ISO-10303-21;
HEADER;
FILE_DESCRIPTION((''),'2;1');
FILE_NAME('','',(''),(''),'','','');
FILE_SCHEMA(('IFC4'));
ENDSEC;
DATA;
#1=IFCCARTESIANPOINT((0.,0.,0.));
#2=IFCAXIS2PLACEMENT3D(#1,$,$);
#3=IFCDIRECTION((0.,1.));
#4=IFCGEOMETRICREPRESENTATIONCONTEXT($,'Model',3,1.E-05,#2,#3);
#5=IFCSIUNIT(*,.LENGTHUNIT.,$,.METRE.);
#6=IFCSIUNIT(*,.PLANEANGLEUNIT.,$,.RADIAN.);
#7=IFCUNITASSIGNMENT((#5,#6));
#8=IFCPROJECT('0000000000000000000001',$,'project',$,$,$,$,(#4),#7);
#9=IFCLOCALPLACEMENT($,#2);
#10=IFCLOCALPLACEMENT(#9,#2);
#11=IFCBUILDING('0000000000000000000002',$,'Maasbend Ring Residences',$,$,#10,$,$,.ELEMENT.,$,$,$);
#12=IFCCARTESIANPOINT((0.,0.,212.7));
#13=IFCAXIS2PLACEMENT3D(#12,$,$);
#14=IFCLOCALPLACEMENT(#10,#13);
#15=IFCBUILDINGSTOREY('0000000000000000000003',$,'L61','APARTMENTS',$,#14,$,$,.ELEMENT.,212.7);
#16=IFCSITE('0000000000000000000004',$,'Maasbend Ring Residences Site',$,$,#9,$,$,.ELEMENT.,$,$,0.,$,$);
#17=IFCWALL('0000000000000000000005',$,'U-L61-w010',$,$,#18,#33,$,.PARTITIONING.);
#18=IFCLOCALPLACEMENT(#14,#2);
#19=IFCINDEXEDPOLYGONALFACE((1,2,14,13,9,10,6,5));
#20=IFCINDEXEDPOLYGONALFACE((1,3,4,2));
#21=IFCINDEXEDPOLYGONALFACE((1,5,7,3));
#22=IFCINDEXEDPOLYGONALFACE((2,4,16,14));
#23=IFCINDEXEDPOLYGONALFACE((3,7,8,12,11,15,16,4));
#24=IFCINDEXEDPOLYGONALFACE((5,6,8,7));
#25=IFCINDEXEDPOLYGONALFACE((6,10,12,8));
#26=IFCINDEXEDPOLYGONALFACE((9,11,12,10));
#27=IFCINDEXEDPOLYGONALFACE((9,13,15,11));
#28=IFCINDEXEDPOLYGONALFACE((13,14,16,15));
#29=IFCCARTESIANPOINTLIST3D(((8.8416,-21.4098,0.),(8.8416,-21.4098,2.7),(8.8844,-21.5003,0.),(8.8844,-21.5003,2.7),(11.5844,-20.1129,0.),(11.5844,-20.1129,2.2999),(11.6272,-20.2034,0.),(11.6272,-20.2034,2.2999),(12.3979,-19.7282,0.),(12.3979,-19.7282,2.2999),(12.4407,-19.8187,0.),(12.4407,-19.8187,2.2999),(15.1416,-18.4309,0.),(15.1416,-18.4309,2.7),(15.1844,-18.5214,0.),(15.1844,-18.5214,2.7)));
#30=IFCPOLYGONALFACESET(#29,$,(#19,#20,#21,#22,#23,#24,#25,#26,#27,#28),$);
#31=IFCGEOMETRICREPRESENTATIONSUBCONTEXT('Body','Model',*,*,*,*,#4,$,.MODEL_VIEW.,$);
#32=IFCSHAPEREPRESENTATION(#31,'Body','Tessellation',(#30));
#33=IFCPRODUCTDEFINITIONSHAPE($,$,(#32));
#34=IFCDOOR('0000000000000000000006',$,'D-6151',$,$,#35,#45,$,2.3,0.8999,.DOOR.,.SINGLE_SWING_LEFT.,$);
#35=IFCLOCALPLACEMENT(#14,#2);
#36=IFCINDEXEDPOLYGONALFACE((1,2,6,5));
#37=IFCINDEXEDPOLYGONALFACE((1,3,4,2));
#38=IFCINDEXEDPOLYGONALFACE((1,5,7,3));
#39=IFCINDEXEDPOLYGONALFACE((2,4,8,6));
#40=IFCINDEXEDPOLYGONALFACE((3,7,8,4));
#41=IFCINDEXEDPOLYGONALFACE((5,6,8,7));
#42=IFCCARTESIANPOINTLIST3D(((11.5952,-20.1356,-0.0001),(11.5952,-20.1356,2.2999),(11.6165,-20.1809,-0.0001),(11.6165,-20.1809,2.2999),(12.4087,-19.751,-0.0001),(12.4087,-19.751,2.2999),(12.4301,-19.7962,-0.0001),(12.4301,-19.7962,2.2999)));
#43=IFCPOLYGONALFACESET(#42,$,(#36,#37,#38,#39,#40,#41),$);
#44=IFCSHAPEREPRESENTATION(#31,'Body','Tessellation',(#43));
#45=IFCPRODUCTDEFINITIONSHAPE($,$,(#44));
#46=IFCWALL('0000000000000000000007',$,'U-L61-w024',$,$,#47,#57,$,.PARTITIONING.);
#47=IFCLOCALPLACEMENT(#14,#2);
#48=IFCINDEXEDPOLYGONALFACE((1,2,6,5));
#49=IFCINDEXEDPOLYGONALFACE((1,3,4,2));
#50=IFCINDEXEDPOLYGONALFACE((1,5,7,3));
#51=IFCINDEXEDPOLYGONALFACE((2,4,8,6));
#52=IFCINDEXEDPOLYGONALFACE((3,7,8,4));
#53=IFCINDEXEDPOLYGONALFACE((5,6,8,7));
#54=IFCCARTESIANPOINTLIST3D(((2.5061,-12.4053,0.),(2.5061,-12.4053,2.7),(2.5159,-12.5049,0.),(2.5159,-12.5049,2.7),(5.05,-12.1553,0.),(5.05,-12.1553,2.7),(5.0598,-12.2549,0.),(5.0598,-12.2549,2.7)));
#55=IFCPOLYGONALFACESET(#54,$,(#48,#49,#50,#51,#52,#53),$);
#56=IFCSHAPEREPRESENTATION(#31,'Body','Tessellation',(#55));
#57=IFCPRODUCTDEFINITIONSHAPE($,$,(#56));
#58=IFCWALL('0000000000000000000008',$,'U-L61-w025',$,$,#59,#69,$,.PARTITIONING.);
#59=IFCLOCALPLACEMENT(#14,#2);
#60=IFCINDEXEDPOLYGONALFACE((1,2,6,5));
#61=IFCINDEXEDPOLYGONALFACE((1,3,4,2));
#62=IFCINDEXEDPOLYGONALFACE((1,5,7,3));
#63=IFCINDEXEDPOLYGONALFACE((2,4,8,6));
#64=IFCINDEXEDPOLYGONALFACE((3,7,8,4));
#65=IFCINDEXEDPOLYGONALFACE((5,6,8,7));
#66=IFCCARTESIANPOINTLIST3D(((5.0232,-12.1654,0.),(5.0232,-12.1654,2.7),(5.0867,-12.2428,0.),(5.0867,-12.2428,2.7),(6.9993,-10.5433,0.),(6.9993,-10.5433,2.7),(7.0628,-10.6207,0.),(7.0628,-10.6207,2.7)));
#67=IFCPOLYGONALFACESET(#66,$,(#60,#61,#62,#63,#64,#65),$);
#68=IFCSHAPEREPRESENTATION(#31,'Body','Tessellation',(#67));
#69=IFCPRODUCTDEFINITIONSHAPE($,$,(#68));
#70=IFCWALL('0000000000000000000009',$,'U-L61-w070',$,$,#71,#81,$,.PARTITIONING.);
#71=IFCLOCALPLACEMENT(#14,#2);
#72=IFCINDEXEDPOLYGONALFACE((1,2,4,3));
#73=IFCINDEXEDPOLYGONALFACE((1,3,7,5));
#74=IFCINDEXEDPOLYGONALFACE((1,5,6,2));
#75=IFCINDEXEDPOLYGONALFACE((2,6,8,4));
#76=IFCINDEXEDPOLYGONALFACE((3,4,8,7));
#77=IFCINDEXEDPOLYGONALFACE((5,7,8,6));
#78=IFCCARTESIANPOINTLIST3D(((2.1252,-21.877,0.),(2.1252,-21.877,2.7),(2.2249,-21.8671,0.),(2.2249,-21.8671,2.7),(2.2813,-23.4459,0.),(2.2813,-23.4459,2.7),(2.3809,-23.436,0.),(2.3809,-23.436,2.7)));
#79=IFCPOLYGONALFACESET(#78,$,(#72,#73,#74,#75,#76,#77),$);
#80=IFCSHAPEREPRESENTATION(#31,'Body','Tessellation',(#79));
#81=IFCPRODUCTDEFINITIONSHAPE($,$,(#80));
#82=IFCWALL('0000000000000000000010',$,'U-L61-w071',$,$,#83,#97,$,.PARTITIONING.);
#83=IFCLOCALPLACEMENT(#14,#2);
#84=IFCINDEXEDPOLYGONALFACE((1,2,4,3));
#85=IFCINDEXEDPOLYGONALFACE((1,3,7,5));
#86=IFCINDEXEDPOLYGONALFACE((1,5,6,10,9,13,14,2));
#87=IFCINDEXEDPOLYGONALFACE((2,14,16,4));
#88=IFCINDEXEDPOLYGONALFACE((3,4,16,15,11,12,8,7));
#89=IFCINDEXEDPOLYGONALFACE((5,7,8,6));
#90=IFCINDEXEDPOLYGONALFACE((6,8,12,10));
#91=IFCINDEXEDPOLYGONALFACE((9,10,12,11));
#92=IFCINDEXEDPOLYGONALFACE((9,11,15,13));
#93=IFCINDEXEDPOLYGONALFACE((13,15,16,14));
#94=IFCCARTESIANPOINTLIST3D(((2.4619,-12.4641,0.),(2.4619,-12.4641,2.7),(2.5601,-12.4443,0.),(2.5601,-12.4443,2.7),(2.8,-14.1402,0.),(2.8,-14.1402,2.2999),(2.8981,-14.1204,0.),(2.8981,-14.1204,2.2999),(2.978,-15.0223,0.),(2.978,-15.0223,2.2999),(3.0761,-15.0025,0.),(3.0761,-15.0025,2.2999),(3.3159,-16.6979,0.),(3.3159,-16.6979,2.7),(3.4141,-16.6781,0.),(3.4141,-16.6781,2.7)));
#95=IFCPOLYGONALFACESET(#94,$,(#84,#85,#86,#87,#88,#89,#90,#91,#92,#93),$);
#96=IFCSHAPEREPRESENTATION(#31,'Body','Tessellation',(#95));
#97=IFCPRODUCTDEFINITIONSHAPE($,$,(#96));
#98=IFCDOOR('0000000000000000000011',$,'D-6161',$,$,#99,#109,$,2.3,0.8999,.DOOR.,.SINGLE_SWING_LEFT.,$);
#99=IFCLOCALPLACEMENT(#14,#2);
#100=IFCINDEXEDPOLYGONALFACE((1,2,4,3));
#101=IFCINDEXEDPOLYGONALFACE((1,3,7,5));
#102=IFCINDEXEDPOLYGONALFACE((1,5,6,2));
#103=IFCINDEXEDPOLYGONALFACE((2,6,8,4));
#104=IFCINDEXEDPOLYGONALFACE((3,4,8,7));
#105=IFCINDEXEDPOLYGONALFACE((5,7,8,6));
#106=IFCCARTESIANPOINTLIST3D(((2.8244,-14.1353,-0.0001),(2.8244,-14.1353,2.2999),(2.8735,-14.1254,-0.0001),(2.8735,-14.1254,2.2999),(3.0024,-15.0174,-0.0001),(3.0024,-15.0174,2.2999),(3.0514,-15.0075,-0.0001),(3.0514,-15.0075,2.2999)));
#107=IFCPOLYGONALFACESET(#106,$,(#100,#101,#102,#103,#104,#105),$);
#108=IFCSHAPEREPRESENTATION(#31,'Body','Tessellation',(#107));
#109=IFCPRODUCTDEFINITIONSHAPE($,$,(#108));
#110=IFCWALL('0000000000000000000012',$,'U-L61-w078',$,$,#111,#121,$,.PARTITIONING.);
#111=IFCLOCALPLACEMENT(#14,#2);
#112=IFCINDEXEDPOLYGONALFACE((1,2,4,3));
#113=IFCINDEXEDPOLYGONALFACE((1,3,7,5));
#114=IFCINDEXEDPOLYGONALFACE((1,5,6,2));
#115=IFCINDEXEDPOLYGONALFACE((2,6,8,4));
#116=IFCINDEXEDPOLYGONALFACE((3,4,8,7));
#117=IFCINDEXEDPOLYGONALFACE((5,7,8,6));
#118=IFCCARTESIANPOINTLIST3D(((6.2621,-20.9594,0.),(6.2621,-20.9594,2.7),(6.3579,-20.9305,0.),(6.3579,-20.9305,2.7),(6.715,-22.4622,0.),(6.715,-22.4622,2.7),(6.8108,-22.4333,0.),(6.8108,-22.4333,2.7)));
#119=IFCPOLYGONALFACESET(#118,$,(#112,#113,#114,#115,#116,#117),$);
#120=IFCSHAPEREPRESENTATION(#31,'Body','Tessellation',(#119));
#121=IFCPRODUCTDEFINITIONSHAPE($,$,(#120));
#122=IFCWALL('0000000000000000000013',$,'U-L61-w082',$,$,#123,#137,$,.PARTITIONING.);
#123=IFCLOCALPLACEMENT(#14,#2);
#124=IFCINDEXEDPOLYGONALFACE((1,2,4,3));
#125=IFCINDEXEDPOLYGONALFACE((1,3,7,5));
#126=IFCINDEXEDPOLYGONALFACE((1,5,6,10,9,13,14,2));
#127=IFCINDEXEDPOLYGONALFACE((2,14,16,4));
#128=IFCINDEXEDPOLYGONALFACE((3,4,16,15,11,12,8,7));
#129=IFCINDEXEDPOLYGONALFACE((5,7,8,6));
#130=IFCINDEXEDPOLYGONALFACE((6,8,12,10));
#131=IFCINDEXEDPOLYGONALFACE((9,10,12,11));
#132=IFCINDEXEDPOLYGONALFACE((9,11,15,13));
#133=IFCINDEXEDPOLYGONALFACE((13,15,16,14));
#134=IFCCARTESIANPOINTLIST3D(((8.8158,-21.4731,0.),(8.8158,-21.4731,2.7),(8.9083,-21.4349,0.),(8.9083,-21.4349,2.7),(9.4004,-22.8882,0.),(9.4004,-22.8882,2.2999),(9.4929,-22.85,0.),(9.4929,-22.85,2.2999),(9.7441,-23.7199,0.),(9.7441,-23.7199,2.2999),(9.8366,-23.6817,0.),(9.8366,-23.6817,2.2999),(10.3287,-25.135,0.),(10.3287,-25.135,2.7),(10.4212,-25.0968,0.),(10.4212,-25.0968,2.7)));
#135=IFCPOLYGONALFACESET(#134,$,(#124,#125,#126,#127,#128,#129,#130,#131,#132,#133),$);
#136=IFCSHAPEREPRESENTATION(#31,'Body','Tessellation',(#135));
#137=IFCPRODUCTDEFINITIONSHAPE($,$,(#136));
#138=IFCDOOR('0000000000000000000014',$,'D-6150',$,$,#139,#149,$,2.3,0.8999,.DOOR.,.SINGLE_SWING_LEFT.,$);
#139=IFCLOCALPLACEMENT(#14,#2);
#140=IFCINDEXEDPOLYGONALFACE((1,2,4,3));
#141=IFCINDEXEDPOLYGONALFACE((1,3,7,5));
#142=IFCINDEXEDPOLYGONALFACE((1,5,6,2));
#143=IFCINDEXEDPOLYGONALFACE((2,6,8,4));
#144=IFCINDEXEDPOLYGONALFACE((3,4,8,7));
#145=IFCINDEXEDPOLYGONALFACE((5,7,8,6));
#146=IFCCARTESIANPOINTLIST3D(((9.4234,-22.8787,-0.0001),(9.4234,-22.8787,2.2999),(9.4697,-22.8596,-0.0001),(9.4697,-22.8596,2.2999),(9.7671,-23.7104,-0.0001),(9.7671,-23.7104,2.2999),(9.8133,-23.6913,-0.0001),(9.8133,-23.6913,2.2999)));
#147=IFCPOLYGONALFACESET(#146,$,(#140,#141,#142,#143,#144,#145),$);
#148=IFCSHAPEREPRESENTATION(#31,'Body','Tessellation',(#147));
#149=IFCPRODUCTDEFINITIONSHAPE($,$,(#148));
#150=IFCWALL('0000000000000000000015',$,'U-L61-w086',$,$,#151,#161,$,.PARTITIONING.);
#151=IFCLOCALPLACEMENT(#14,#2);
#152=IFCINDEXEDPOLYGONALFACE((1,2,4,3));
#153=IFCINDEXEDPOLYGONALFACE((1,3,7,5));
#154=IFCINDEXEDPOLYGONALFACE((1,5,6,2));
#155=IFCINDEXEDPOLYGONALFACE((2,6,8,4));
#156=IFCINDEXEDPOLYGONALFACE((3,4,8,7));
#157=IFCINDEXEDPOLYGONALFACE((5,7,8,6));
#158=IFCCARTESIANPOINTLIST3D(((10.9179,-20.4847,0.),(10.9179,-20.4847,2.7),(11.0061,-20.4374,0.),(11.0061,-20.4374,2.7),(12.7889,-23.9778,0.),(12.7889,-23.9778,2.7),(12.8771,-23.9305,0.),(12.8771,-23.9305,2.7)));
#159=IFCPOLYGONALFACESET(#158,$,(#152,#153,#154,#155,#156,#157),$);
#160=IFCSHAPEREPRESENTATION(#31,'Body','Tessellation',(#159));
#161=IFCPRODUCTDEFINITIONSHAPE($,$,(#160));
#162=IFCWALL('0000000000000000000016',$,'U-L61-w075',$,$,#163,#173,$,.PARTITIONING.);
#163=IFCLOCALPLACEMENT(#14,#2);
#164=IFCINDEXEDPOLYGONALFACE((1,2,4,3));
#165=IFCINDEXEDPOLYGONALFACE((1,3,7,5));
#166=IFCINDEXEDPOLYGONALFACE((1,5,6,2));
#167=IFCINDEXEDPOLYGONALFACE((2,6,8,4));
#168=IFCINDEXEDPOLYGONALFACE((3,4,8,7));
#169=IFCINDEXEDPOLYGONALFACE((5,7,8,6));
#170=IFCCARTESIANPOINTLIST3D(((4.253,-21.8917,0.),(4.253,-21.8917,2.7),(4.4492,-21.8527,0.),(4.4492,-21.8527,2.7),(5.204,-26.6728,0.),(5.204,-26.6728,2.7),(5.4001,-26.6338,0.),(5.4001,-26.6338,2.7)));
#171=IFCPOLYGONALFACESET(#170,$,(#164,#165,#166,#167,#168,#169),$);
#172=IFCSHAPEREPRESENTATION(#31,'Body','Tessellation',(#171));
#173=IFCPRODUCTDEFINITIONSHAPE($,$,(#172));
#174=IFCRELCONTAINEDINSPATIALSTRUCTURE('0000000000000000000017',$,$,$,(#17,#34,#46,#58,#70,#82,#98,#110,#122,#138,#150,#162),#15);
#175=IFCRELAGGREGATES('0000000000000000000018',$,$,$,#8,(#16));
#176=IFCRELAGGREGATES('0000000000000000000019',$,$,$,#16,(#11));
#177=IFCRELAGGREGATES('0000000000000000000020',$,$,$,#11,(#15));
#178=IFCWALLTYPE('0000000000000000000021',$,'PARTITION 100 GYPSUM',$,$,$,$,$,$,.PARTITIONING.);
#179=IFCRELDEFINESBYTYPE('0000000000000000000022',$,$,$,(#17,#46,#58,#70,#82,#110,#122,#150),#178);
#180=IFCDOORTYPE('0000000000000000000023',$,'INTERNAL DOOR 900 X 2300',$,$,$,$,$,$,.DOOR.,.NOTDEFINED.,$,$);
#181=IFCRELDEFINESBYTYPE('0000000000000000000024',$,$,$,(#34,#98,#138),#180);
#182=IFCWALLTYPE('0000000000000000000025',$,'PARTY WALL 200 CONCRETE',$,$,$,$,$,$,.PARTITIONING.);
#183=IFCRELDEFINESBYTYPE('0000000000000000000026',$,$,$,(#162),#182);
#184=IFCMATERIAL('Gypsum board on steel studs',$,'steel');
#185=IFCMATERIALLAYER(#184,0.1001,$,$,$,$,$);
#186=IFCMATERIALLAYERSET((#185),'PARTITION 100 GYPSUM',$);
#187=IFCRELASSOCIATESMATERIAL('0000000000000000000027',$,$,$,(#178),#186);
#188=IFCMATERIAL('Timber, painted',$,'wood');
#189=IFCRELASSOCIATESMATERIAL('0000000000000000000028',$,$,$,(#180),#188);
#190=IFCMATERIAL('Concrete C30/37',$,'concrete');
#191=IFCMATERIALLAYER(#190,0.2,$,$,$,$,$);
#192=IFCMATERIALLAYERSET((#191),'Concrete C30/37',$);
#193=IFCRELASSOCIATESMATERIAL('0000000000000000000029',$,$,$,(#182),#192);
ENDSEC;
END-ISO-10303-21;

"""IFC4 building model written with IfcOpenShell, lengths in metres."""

from ifc_helpers import new_model, si_unit, direction, frame, frame_2d, origin, place, context, subcontext, project, spatial, rectangle, extrude, material, layer, layer_set, type_object, element, fill, save


model = new_model("IFC4")

# Units and contexts
model_context = context("Model", 3, precision=1e-05, world=origin(), true_north=direction((0.0, 1.0)))
body_context = subcontext(model_context, "Body", "Model", "MODEL_VIEW")
ifc_project = project(units=[si_unit("LENGTHUNIT", "METRE"), si_unit("PLANEANGLEUNIT", "RADIAN")], contexts=[model_context])

# Site, building, storey
site_placement = place(None, origin())
site = spatial("IfcSite", under=ifc_project, at=site_placement, Name="Maasbend Ring Residences Site", CompositionType="ELEMENT", RefElevation=0.0)
building_placement = place(site_placement, origin())
building = spatial("IfcBuilding", under=site, at=building_placement, Name="Maasbend Ring Residences", CompositionType="ELEMENT")
storey_placement = place(building_placement, frame((0.0, 0.0, 212.7)))
storey = spatial("IfcBuildingStorey", under=building, at=storey_placement, Name="L61", Description="APARTMENTS", CompositionType="ELEMENT", Elevation=212.7)

# Wall, opening, door
ifc_material_1 = material(Name="Gypsum board on steel studs", Category="steel")
ifc_layer_1 = layer(ifc_material_1, 0.1001)
ifc_layer_set_1 = layer_set([ifc_layer_1], Name="PARTITION 100 GYPSUM")
wall_type_1 = type_object("IfcWallType", Name="PARTITION 100 GYPSUM", PredefinedType="PARTITIONING", material=ifc_layer_set_1)
wall_1_placement = place(storey_placement, frame((8.863, -21.4551, 0.0), z_axis=(0.0, 0.0, 1.0), x_axis=(0.904028, 0.427473, 0.0)))
wall_1 = element("IfcWall", 1, at=wall_1_placement, inside=storey, type_object=wall_type_1, Name="U-L61-w010", PredefinedType="PARTITIONING", context=body_context, shape_type="SweptSolid", body=[
    extrude(rectangle(XDim=6.9688, YDim=0.1001, at=frame_2d((3.4844, 0.0))), origin(), (0.0, 0.0, 1.0), 2.7),
])
opening_1_placement = place(wall_1_placement, frame((3.0339, 0.0, 0.0)))
opening_1 = element("IfcOpeningElement", 2, at=opening_1_placement, cuts=wall_1, PredefinedType="OPENING", context=body_context, shape_type="SweptSolid", body=[
    extrude(rectangle(XDim=0.8999, YDim=2.3, at=frame_2d((0.45, 1.1499))), frame((0.0, 0.0601, 0.0), z_axis=(0.0, -1.0, 0.0), x_axis=(1.0, 0.0, 0.0)), (0.0, 0.0, 1.0), 0.1201),
])
ifc_material_2 = material(Name="Timber, painted", Category="wood")
door_type_1 = type_object("IfcDoorType", Name="INTERNAL DOOR 900 X 2300", OperationType="NOTDEFINED", PredefinedType="DOOR", material=ifc_material_2)
door_1_placement = place(opening_1_placement, origin())
door_1 = element("IfcDoor", 3, at=door_1_placement, inside=storey, type_object=door_type_1, Name="D-6151", OperationType="SINGLE_SWING_LEFT", OverallHeight=2.3, OverallWidth=0.8999, PredefinedType="DOOR", context=body_context, shape_type="SweptSolid", body=[
    extrude(rectangle(XDim=0.8999, YDim=2.3, at=frame_2d((0.45, 1.1499))), frame((0.0, 0.0249, 0.0), z_axis=(0.0, -1.0, 0.0), x_axis=(1.0, 0.0, 0.0)), (0.0, 0.0, 1.0), 0.05),
])
fill(opening_1, door_1)

# Walls
wall_2_placement = place(storey_placement, frame((2.511, -12.4551, 0.0), z_axis=(0.0, 0.0, 1.0), x_axis=(0.995206, 0.097801, 0.0)))
element("IfcWall", 4, at=wall_2_placement, inside=storey, type_object=wall_type_1, Name="U-L61-w024", PredefinedType="PARTITIONING", context=body_context, shape_type="SweptSolid", body=[
    extrude(rectangle(XDim=2.5562, YDim=0.1001, at=frame_2d((1.2781, 0.0))), origin(), (0.0, 0.0, 1.0), 2.7),
])
wall_3_placement = place(storey_placement, frame((5.0549, -12.2041, 0.0), z_axis=(0.0, 0.0, 1.0), x_axis=(0.772944, 0.634475, 0.0)))
element("IfcWall", 5, at=wall_3_placement, inside=storey, type_object=wall_type_1, Name="U-L61-w025", PredefinedType="PARTITIONING", context=body_context, shape_type="SweptSolid", body=[
    extrude(rectangle(XDim=2.5566, YDim=0.1001, at=frame_2d((1.2783, 0.0))), origin(), (0.0, 0.0, 1.0), 2.7),
])
wall_4_placement = place(storey_placement, frame((2.175, -21.8721, 0.0), z_axis=(0.0, 0.0, 1.0), x_axis=(0.098952, -0.995092, 0.0)))
element("IfcWall", 6, at=wall_4_placement, inside=storey, type_object=wall_type_1, Name="U-L61-w070", PredefinedType="PARTITIONING", context=body_context, shape_type="SweptSolid", body=[
    extrude(rectangle(XDim=1.5767, YDim=0.1001, at=frame_2d((0.7883, 0.0))), origin(), (0.0, 0.0, 1.0), 2.7),
])

# Wall, opening, door
wall_5_placement = place(storey_placement, frame((2.511, -12.4541, 0.0), z_axis=(0.0, 0.0, 1.0), x_axis=(0.197725, -0.980258, 0.0)))
wall_5 = element("IfcWall", 7, at=wall_5_placement, inside=storey, type_object=wall_type_1, Name="U-L61-w071", PredefinedType="PARTITIONING", context=body_context, shape_type="SweptSolid", body=[
    extrude(rectangle(XDim=4.3191, YDim=0.1001, at=frame_2d((2.1597, 0.0))), origin(), (0.0, 0.0, 1.0), 2.7),
])
opening_2_placement = place(wall_5_placement, frame((1.71, 0.0, 0.0)))
opening_2 = element("IfcOpeningElement", 8, at=opening_2_placement, cuts=wall_5, PredefinedType="OPENING", context=body_context, shape_type="SweptSolid", body=[
    extrude(rectangle(XDim=0.8999, YDim=2.3, at=frame_2d((0.45, 1.1499))), frame((0.0, 0.0601, 0.0), z_axis=(0.0, -1.0, 0.0), x_axis=(1.0, 0.0, 0.0)), (0.0, 0.0, 1.0), 0.1201),
])
door_2_placement = place(opening_2_placement, origin())
door_2 = element("IfcDoor", 9, at=door_2_placement, inside=storey, type_object=door_type_1, Name="D-6161", OperationType="SINGLE_SWING_LEFT", OverallHeight=2.3, OverallWidth=0.8999, PredefinedType="DOOR", context=body_context, shape_type="SweptSolid", body=[
    extrude(rectangle(XDim=0.8999, YDim=2.3, at=frame_2d((0.45, 1.1499))), frame((0.0, 0.0249, 0.0), z_axis=(0.0, -1.0, 0.0), x_axis=(1.0, 0.0, 0.0)), (0.0, 0.0, 1.0), 0.05),
])
fill(opening_2, door_2)

# Wall
wall_6_placement = place(storey_placement, frame((6.3101, -20.9451, 0.0), z_axis=(0.0, 0.0, 1.0), x_axis=(0.288518, -0.957475, 0.0)))
element("IfcWall", 10, at=wall_6_placement, inside=storey, type_object=wall_type_1, Name="U-L61-w078", PredefinedType="PARTITIONING", context=body_context, shape_type="SweptSolid", body=[
    extrude(rectangle(XDim=1.5696, YDim=0.1001, at=frame_2d((0.7847, 0.0))), origin(), (0.0, 0.0, 1.0), 2.7),
])

# Wall, opening, door
wall_7_placement = place(storey_placement, frame((8.8621, -21.4541, 0.0), z_axis=(0.0, 0.0, 1.0), x_axis=(0.381853, -0.924223, 0.0)))
wall_7 = element("IfcWall", 11, at=wall_7_placement, inside=storey, type_object=wall_type_1, Name="U-L61-w082", PredefinedType="PARTITIONING", context=body_context, shape_type="SweptSolid", body=[
    extrude(rectangle(XDim=3.9622, YDim=0.1001, at=frame_2d((1.981, 0.0))), origin(), (0.0, 0.0, 1.0), 2.7),
])
opening_3_placement = place(wall_7_placement, frame((1.531, 0.0, 0.0)))
opening_3 = element("IfcOpeningElement", 12, at=opening_3_placement, cuts=wall_7, PredefinedType="OPENING", context=body_context, shape_type="SweptSolid", body=[
    extrude(rectangle(XDim=0.8999, YDim=2.3, at=frame_2d((0.45, 1.1499))), frame((0.0, 0.0601, 0.0), z_axis=(0.0, -1.0, 0.0), x_axis=(1.0, 0.0, 0.0)), (0.0, 0.0, 1.0), 0.1201),
])
door_3_placement = place(opening_3_placement, origin())
door_3 = element("IfcDoor", 13, at=door_3_placement, inside=storey, type_object=door_type_1, Name="D-6150", OperationType="SINGLE_SWING_LEFT", OverallHeight=2.3, OverallWidth=0.8999, PredefinedType="DOOR", context=body_context, shape_type="SweptSolid", body=[
    extrude(rectangle(XDim=0.8999, YDim=2.3, at=frame_2d((0.45, 1.1499))), frame((0.0, 0.0249, 0.0), z_axis=(0.0, -1.0, 0.0), x_axis=(1.0, 0.0, 0.0)), (0.0, 0.0, 1.0), 0.05),
])
fill(opening_3, door_3)

# Walls
wall_8_placement = place(storey_placement, frame((10.9619, -20.4609, 0.0), z_axis=(0.0, 0.0, 1.0), x_axis=(0.472174, -0.881506, 0.0)))
element("IfcWall", 14, at=wall_8_placement, inside=storey, type_object=wall_type_1, Name="U-L61-w086", PredefinedType="PARTITIONING", context=body_context, shape_type="SweptSolid", body=[
    extrude(rectangle(XDim=3.9626, YDim=0.1001, at=frame_2d((1.9814, 0.0))), origin(), (0.0, 0.0, 1.0), 2.7),
])
ifc_material_3 = material(Name="Concrete C30/37", Category="concrete")
ifc_layer_2 = layer(ifc_material_3, 0.2)
ifc_layer_set_2 = layer_set([ifc_layer_2], Name="Concrete C30/37")
wall_type_2 = type_object("IfcWallType", Name="PARTY WALL 200 CONCRETE", PredefinedType="PARTITIONING", material=ifc_layer_set_2)
wall_9_placement = place(storey_placement, frame((4.3511, -21.8721, 0.0), z_axis=(0.0, 0.0, 1.0), x_axis=(0.195076, -0.980788, 0.0)))
element("IfcWall", 15, at=wall_9_placement, inside=storey, type_object=wall_type_2, Name="U-L61-w075", PredefinedType="PARTITIONING", context=body_context, shape_type="SweptSolid", body=[
    extrude(rectangle(XDim=4.8748, YDim=0.2, at=frame_2d((2.4375, 0.0))), origin(), (0.0, 0.0, 1.0), 2.7),
])

save(model, "model.ifc")
